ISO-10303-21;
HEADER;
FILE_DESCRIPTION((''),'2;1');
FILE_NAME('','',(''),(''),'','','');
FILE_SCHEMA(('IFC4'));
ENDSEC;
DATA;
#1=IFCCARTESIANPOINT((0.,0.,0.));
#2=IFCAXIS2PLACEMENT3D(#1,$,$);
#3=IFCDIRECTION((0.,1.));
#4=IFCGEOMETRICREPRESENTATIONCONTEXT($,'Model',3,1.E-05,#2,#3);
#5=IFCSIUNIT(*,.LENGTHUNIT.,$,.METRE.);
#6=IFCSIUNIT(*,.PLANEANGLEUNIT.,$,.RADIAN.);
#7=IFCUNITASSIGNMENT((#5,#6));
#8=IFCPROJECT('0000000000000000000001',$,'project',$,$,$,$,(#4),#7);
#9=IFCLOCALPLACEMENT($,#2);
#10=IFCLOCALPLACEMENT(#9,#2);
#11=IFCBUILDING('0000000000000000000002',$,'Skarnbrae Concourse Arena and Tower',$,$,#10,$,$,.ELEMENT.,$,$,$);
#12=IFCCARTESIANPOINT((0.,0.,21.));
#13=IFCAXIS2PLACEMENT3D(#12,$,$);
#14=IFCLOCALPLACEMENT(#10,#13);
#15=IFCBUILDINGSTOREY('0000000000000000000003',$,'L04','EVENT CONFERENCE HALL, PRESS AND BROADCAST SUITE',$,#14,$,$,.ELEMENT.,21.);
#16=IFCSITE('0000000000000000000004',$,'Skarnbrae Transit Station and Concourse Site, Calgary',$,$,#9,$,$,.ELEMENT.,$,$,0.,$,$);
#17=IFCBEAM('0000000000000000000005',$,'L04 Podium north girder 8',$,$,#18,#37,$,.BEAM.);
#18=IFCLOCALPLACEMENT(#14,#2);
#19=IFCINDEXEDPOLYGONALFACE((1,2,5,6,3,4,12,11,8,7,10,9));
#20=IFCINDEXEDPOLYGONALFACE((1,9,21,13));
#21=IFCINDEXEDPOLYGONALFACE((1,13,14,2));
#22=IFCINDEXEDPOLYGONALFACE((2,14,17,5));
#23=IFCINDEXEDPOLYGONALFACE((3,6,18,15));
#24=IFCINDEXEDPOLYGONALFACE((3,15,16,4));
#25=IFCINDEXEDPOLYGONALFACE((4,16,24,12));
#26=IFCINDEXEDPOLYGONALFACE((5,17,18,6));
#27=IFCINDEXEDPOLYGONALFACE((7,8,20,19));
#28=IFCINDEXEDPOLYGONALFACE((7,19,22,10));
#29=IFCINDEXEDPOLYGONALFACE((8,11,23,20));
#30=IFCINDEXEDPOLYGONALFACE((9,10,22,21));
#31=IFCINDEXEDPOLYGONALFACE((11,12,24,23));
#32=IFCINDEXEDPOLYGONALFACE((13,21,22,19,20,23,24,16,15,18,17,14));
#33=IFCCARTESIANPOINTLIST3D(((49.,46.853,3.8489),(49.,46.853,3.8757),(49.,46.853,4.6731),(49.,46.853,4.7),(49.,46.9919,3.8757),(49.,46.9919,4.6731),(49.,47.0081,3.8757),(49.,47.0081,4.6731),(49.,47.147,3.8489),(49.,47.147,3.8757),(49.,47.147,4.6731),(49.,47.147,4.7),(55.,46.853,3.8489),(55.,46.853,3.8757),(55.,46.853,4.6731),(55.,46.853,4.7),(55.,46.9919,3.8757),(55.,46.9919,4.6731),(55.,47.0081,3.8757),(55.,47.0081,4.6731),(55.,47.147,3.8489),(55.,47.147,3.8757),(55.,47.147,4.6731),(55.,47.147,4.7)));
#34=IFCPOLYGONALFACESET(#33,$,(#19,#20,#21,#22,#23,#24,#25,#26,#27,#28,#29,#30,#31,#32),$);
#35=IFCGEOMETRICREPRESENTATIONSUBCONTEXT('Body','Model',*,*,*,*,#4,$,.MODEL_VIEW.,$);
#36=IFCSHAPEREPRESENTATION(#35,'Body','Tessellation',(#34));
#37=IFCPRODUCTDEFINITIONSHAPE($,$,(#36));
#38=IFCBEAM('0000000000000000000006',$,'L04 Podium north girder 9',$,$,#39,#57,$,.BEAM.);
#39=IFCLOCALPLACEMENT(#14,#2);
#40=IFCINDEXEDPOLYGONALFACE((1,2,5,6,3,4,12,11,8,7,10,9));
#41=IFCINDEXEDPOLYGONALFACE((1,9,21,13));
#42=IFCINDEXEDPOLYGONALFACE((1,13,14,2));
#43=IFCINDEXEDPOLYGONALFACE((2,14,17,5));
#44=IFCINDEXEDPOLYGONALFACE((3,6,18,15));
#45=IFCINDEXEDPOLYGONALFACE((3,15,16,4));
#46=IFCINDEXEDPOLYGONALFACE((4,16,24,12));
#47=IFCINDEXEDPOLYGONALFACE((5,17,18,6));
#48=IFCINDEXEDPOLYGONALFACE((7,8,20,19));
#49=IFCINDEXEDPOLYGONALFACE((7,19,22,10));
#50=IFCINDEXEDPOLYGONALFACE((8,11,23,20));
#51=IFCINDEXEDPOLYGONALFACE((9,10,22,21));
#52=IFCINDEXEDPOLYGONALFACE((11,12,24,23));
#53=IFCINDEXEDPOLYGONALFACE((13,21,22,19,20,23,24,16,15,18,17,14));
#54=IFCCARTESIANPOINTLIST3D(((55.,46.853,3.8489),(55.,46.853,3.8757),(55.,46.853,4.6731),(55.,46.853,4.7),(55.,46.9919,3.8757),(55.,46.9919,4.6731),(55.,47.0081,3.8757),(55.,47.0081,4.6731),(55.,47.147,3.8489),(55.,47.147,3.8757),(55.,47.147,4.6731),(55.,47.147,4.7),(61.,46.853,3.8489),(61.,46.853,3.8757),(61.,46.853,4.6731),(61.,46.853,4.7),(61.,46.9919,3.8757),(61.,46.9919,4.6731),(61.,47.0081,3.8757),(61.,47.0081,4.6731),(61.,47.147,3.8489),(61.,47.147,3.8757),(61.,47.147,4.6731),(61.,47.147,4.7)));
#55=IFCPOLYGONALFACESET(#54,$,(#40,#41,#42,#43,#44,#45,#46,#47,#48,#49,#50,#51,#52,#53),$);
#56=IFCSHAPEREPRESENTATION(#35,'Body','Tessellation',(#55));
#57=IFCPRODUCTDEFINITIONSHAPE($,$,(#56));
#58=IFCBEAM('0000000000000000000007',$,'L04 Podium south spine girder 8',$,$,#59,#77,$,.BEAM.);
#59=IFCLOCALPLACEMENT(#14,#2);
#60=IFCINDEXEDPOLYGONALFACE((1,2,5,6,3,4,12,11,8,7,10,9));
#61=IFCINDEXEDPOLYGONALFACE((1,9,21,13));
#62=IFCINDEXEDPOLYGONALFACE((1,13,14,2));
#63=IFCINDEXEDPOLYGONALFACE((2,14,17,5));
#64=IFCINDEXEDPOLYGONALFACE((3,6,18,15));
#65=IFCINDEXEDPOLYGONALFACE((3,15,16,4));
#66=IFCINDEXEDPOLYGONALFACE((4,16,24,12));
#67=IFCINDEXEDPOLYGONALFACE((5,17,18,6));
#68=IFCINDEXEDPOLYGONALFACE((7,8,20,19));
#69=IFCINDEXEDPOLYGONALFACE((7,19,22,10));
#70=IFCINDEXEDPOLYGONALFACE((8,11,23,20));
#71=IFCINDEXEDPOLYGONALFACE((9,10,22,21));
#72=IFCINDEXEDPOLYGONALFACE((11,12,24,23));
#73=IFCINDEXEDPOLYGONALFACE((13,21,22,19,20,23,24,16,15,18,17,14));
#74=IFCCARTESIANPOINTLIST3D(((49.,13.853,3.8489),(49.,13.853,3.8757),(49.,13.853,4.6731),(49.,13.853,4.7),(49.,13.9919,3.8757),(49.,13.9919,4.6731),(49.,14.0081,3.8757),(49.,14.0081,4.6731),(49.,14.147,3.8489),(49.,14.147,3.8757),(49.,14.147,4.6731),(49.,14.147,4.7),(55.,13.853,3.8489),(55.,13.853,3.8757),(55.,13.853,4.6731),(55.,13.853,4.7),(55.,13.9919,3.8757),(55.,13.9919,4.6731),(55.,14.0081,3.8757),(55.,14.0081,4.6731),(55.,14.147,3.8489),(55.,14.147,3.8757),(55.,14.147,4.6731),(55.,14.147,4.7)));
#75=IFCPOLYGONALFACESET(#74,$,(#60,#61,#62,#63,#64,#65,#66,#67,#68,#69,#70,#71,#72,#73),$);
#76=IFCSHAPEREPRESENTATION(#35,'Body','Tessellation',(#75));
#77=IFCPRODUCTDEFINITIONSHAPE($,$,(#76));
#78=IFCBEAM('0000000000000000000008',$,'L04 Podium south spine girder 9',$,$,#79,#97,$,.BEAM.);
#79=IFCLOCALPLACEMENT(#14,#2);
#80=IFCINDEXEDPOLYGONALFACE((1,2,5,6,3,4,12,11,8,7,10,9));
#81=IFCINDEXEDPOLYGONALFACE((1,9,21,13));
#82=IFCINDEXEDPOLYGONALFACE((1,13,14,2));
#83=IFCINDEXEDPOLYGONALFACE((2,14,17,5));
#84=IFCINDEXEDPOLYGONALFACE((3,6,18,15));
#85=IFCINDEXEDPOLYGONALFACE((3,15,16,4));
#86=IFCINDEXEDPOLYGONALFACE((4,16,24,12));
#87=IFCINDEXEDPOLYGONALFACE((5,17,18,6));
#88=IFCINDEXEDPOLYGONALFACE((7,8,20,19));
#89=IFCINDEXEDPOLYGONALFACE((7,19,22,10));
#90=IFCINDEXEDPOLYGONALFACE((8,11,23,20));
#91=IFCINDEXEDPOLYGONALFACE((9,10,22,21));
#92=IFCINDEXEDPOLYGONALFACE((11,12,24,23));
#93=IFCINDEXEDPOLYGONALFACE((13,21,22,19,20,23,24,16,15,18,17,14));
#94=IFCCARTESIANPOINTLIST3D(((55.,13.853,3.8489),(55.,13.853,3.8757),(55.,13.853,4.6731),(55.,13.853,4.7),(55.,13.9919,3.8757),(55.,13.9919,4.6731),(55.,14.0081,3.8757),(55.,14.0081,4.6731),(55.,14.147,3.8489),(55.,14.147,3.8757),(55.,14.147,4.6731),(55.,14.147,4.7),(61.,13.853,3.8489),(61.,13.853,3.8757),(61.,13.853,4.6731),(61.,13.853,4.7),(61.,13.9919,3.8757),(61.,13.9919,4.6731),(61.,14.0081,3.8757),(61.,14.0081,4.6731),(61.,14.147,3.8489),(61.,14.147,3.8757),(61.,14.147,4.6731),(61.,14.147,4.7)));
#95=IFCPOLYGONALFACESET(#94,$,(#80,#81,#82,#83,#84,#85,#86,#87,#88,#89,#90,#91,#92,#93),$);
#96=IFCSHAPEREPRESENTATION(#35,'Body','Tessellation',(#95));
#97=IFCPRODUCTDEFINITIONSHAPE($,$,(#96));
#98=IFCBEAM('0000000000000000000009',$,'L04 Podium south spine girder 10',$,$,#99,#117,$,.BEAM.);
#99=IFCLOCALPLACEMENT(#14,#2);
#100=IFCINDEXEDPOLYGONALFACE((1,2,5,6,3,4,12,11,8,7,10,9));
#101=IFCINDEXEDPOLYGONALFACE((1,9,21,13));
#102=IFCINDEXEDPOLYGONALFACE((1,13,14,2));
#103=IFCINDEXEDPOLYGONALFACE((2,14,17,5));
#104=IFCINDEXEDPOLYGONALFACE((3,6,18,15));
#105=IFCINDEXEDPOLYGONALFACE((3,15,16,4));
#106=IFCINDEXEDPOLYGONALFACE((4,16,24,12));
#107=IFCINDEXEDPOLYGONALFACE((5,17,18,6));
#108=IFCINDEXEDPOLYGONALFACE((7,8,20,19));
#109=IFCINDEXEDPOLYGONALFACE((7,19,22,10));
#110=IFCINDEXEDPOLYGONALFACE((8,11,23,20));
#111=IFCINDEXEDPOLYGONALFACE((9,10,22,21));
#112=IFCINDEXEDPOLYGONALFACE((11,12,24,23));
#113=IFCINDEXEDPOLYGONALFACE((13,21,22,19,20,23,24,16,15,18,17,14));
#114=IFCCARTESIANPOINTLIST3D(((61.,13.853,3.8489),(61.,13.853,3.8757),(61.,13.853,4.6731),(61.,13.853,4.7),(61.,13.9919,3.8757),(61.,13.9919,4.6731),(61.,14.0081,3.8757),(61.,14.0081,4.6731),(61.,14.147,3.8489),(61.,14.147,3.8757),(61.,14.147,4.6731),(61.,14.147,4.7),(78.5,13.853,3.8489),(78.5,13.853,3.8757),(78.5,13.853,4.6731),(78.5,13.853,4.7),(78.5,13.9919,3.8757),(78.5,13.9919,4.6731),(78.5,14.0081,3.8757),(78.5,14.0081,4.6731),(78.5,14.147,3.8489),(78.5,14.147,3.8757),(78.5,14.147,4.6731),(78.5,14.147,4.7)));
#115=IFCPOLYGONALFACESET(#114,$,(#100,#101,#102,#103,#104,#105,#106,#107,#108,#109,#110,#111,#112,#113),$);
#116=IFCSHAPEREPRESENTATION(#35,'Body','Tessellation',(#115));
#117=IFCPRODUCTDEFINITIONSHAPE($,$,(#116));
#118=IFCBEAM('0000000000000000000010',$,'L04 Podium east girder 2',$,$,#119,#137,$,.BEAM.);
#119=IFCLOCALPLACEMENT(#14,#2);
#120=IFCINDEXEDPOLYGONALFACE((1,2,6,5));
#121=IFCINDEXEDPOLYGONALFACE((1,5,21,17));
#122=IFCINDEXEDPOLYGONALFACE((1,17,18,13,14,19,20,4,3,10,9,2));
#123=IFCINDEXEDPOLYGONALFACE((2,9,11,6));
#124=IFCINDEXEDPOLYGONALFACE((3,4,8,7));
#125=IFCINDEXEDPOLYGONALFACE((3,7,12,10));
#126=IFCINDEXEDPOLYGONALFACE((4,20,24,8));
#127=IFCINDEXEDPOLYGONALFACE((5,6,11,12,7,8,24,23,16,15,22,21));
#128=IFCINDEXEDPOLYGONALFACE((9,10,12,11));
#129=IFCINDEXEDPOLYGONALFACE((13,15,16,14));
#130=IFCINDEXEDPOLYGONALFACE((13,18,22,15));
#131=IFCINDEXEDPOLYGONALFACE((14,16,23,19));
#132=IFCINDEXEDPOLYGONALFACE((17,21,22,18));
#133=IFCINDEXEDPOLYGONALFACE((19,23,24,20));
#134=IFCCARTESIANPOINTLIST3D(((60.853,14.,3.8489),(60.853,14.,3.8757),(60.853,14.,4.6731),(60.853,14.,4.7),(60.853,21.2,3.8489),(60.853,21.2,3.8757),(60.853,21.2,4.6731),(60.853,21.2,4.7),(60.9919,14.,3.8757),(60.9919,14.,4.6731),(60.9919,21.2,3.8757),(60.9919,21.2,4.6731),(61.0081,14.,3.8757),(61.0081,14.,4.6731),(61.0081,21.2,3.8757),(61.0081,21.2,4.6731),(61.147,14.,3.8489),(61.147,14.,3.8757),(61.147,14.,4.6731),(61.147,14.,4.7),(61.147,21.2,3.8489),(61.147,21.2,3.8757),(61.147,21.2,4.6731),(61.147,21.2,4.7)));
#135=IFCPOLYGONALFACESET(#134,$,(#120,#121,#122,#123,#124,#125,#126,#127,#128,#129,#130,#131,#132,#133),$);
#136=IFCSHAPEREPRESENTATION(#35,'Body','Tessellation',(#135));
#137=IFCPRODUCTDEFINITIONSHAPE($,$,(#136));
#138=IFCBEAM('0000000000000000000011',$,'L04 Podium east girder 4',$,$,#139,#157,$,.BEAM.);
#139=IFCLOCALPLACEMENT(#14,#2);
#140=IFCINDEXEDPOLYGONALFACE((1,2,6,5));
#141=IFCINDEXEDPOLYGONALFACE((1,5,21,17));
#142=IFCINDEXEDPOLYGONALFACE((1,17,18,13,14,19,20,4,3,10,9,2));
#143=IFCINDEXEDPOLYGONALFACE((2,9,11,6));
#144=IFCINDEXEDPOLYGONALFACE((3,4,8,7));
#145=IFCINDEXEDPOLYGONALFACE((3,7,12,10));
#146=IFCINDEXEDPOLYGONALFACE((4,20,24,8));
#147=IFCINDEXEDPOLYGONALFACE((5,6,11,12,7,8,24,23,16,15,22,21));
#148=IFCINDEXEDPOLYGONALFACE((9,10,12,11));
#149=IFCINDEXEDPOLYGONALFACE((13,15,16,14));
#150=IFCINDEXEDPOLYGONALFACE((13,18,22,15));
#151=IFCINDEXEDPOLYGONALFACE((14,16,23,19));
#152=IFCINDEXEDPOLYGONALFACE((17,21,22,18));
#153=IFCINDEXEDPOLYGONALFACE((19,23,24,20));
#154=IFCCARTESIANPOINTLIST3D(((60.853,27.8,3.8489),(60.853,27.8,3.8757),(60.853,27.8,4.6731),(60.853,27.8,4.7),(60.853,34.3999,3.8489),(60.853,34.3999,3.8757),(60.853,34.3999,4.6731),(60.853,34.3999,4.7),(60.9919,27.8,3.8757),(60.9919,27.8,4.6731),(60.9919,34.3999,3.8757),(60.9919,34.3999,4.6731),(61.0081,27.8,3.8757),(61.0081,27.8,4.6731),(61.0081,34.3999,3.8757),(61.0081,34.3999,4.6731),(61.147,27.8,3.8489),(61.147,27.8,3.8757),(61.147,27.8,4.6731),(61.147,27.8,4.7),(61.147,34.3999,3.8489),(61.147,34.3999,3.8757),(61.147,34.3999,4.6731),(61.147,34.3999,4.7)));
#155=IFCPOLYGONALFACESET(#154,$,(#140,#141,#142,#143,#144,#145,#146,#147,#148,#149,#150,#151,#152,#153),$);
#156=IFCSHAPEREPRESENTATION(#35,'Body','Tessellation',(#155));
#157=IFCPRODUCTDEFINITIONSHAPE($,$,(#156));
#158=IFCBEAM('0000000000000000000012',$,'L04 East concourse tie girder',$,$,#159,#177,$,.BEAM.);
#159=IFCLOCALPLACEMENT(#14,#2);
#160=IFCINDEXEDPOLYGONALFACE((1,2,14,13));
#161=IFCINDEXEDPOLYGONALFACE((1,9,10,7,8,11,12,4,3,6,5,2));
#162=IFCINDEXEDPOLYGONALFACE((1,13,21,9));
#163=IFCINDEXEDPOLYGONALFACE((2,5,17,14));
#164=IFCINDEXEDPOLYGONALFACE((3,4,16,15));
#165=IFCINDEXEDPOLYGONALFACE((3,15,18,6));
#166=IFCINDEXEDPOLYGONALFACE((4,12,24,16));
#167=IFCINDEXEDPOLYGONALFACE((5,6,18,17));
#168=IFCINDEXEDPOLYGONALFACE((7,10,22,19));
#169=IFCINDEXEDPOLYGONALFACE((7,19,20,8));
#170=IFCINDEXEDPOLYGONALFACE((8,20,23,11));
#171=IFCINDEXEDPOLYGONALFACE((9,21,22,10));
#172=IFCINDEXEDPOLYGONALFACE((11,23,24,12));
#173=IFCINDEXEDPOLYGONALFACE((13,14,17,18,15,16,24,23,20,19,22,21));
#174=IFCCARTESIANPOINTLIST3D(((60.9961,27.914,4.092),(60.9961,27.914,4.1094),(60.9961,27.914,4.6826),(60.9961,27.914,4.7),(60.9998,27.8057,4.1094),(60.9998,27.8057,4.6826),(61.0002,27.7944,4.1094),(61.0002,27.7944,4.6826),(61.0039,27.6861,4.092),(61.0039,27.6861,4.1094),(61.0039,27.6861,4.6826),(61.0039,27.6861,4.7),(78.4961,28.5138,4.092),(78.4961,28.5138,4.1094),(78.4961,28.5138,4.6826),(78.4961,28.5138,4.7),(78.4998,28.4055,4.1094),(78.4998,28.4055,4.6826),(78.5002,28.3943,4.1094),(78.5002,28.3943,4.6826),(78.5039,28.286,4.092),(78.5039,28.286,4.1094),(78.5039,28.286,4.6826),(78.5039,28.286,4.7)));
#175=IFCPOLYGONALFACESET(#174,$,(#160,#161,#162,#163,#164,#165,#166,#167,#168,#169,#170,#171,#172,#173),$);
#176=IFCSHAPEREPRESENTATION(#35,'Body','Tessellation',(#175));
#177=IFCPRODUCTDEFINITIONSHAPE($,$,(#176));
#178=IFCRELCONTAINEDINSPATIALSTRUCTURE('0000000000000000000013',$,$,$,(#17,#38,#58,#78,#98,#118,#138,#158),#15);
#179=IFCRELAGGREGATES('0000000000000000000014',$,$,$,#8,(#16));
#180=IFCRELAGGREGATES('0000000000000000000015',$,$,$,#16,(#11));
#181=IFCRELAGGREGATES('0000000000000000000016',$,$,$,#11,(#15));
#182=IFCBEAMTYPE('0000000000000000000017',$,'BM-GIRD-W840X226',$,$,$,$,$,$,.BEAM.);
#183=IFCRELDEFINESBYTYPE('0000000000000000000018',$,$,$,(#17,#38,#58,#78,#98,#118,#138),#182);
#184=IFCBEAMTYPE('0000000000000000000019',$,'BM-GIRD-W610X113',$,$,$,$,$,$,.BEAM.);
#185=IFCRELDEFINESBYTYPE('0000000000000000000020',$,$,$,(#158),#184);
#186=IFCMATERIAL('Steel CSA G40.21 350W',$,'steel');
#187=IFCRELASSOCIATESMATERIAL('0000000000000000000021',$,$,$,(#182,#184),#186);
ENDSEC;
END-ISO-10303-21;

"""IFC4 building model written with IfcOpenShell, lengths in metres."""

from ifc_helpers import new_model, si_unit, direction, frame, origin, origin_2d, place, context, subcontext, project, spatial, i_section, extrude, source, transform, mapped, material, material_profile, profile_set, type_object, element, save


model = new_model("IFC4")

# Units and contexts
model_context = context("Model", 3, precision=1e-05, world=origin(), true_north=direction((0.0, 1.0)))
body_context = subcontext(model_context, "Body", "Model", "MODEL_VIEW")
ifc_project = project(units=[si_unit("LENGTHUNIT", "METRE"), si_unit("PLANEANGLEUNIT", "RADIAN")], contexts=[model_context])

# Site, building, storey
site_placement = place(None, origin())
site = spatial("IfcSite", under=ifc_project, at=site_placement, Name="Skarnbrae Transit Station and Concourse Site, Calgary", CompositionType="ELEMENT", RefElevation=0.0)
building_placement = place(site_placement, origin())
building = spatial("IfcBuilding", under=site, at=building_placement, Name="Skarnbrae Concourse Arena and Tower", CompositionType="ELEMENT")
storey_placement = place(building_placement, frame((0.0, 0.0, 21.0)))
storey = spatial("IfcBuildingStorey", under=building, at=storey_placement, Name="L04", Description="EVENT CONFERENCE HALL, PRESS AND BROADCAST SUITE", CompositionType="ELEMENT", Elevation=21.0)

# Shared definitions
ifc_material_1 = material(Name="Steel CSA G40.21 350W", Category="steel")

# Beams
ifc_material_profile_1 = material_profile(ifc_material_1, i_section(OverallWidth=0.2939, OverallDepth=0.8511, WebThickness=0.0161, FlangeThickness=0.0269, at=origin_2d()), Name="W840X226")
ifc_profile_set_1 = profile_set([ifc_material_profile_1], Name="Steel CSA G40.21 350W")
beam_type_1 = type_object("IfcBeamType", Name="BM-GIRD-W840X226", PredefinedType="BEAM", material=ifc_profile_set_1)
shared_shape_1 = source(origin(), body_context, "Body", "SweptSolid", [
    extrude(i_section(OverallWidth=0.2939, OverallDepth=0.8511, WebThickness=0.0161, FlangeThickness=0.0269, at=origin_2d()), origin(), (0.0, 0.0, 1.0), 6.0),
])
for number, where, z_axis, x_axis, name in (
    (1, (49.0, 47.0, 4.2744), (1.0, 0.0, 0.0), (0.0, 1.0, 0.0), "L04 Podium north girder 8"),
    (2, (55.0, 47.0, 4.2744), (1.0, 0.0, 0.0), (0.0, 1.0, 0.0), "L04 Podium north girder 9"),
    (3, (49.0, 14.0, 4.2744), (1.0, 0.0, 0.0), (0.0, 1.0, 0.0), "L04 Podium south spine girder 8"),
    (4, (55.0, 14.0, 4.2744), (1.0, 0.0, 0.0), (0.0, 1.0, 0.0), "L04 Podium south spine girder 9"),
):
    element("IfcBeam", number, at=place(storey_placement, frame(where, z_axis=z_axis, x_axis=x_axis)), inside=storey, type_object=beam_type_1, Name=name, PredefinedType="BEAM", context=body_context, shape_type="MappedRepresentation", body=[
        mapped(shared_shape_1, transform((0.0, 0.0, 0.0))),
    ])
shared_shape_2 = source(origin(), body_context, "Body", "SweptSolid", [
    extrude(i_section(OverallWidth=0.2939, OverallDepth=0.8511, WebThickness=0.0161, FlangeThickness=0.0269, at=origin_2d()), origin(), (0.0, 0.0, 1.0), 17.5),
])
beam_1_placement = place(storey_placement, frame((61.0, 14.0, 4.2744), z_axis=(1.0, 0.0, 0.0), x_axis=(0.0, 1.0, 0.0)))
element("IfcBeam", 5, at=beam_1_placement, inside=storey, type_object=beam_type_1, Name="L04 Podium south spine girder 10", PredefinedType="BEAM", context=body_context, shape_type="MappedRepresentation", body=[
    mapped(shared_shape_2, transform((0.0, 0.0, 0.0))),
])
shared_shape_3 = source(origin(), body_context, "Body", "SweptSolid", [
    extrude(i_section(OverallWidth=0.2939, OverallDepth=0.8511, WebThickness=0.0161, FlangeThickness=0.0269, at=origin_2d()), origin(), (0.0, 0.0, 1.0), 7.2),
])
beam_2_placement = place(storey_placement, frame((61.0, 14.0, 4.2744), z_axis=(0.0, 1.0, 0.0), x_axis=(-1.0, 0.0, 0.0)))
element("IfcBeam", 6, at=beam_2_placement, inside=storey, type_object=beam_type_1, Name="L04 Podium east girder 2", PredefinedType="BEAM", context=body_context, shape_type="MappedRepresentation", body=[
    mapped(shared_shape_3, transform((0.0, 0.0, 0.0))),
])
shared_shape_4 = source(origin(), body_context, "Body", "SweptSolid", [
    extrude(i_section(OverallWidth=0.2939, OverallDepth=0.8511, WebThickness=0.0161, FlangeThickness=0.0269, at=origin_2d()), origin(), (0.0, 0.0, 1.0), 6.5999),
])
beam_3_placement = place(storey_placement, frame((61.0, 27.8, 4.2744), z_axis=(0.0, 1.0, 0.0), x_axis=(-1.0, 0.0, 0.0)))
element("IfcBeam", 7, at=beam_3_placement, inside=storey, type_object=beam_type_1, Name="L04 Podium east girder 4", PredefinedType="BEAM", context=body_context, shape_type="MappedRepresentation", body=[
    mapped(shared_shape_4, transform((0.0, 0.0, 0.0))),
])
ifc_material_profile_2 = material_profile(ifc_material_1, i_section(OverallWidth=0.228, OverallDepth=0.6079, WebThickness=0.0112, FlangeThickness=0.0173, at=origin_2d()), Name="W610X113")
ifc_profile_set_2 = profile_set([ifc_material_profile_2], Name="Steel CSA G40.21 350W")
beam_type_2 = type_object("IfcBeamType", Name="BM-GIRD-W610X113", PredefinedType="BEAM", material=ifc_profile_set_2)
shared_shape_5 = source(origin(), body_context, "Body", "SweptSolid", [
    extrude(i_section(OverallWidth=0.228, OverallDepth=0.6079, WebThickness=0.0112, FlangeThickness=0.0173, at=origin_2d()), origin(), (0.0, 0.0, 1.0), 17.5103),
])
beam_4_placement = place(storey_placement, frame((61.0, 27.8, 4.396), z_axis=(0.999413, 0.034257, 0.0), x_axis=(-0.034257, 0.999413, 0.0)))
element("IfcBeam", 8, at=beam_4_placement, inside=storey, type_object=beam_type_2, Name="L04 East concourse tie girder", PredefinedType="BEAM", context=body_context, shape_type="MappedRepresentation", body=[
    mapped(shared_shape_5, transform((0.0, 0.0, 0.0))),
])

save(model, "model.ifc")
